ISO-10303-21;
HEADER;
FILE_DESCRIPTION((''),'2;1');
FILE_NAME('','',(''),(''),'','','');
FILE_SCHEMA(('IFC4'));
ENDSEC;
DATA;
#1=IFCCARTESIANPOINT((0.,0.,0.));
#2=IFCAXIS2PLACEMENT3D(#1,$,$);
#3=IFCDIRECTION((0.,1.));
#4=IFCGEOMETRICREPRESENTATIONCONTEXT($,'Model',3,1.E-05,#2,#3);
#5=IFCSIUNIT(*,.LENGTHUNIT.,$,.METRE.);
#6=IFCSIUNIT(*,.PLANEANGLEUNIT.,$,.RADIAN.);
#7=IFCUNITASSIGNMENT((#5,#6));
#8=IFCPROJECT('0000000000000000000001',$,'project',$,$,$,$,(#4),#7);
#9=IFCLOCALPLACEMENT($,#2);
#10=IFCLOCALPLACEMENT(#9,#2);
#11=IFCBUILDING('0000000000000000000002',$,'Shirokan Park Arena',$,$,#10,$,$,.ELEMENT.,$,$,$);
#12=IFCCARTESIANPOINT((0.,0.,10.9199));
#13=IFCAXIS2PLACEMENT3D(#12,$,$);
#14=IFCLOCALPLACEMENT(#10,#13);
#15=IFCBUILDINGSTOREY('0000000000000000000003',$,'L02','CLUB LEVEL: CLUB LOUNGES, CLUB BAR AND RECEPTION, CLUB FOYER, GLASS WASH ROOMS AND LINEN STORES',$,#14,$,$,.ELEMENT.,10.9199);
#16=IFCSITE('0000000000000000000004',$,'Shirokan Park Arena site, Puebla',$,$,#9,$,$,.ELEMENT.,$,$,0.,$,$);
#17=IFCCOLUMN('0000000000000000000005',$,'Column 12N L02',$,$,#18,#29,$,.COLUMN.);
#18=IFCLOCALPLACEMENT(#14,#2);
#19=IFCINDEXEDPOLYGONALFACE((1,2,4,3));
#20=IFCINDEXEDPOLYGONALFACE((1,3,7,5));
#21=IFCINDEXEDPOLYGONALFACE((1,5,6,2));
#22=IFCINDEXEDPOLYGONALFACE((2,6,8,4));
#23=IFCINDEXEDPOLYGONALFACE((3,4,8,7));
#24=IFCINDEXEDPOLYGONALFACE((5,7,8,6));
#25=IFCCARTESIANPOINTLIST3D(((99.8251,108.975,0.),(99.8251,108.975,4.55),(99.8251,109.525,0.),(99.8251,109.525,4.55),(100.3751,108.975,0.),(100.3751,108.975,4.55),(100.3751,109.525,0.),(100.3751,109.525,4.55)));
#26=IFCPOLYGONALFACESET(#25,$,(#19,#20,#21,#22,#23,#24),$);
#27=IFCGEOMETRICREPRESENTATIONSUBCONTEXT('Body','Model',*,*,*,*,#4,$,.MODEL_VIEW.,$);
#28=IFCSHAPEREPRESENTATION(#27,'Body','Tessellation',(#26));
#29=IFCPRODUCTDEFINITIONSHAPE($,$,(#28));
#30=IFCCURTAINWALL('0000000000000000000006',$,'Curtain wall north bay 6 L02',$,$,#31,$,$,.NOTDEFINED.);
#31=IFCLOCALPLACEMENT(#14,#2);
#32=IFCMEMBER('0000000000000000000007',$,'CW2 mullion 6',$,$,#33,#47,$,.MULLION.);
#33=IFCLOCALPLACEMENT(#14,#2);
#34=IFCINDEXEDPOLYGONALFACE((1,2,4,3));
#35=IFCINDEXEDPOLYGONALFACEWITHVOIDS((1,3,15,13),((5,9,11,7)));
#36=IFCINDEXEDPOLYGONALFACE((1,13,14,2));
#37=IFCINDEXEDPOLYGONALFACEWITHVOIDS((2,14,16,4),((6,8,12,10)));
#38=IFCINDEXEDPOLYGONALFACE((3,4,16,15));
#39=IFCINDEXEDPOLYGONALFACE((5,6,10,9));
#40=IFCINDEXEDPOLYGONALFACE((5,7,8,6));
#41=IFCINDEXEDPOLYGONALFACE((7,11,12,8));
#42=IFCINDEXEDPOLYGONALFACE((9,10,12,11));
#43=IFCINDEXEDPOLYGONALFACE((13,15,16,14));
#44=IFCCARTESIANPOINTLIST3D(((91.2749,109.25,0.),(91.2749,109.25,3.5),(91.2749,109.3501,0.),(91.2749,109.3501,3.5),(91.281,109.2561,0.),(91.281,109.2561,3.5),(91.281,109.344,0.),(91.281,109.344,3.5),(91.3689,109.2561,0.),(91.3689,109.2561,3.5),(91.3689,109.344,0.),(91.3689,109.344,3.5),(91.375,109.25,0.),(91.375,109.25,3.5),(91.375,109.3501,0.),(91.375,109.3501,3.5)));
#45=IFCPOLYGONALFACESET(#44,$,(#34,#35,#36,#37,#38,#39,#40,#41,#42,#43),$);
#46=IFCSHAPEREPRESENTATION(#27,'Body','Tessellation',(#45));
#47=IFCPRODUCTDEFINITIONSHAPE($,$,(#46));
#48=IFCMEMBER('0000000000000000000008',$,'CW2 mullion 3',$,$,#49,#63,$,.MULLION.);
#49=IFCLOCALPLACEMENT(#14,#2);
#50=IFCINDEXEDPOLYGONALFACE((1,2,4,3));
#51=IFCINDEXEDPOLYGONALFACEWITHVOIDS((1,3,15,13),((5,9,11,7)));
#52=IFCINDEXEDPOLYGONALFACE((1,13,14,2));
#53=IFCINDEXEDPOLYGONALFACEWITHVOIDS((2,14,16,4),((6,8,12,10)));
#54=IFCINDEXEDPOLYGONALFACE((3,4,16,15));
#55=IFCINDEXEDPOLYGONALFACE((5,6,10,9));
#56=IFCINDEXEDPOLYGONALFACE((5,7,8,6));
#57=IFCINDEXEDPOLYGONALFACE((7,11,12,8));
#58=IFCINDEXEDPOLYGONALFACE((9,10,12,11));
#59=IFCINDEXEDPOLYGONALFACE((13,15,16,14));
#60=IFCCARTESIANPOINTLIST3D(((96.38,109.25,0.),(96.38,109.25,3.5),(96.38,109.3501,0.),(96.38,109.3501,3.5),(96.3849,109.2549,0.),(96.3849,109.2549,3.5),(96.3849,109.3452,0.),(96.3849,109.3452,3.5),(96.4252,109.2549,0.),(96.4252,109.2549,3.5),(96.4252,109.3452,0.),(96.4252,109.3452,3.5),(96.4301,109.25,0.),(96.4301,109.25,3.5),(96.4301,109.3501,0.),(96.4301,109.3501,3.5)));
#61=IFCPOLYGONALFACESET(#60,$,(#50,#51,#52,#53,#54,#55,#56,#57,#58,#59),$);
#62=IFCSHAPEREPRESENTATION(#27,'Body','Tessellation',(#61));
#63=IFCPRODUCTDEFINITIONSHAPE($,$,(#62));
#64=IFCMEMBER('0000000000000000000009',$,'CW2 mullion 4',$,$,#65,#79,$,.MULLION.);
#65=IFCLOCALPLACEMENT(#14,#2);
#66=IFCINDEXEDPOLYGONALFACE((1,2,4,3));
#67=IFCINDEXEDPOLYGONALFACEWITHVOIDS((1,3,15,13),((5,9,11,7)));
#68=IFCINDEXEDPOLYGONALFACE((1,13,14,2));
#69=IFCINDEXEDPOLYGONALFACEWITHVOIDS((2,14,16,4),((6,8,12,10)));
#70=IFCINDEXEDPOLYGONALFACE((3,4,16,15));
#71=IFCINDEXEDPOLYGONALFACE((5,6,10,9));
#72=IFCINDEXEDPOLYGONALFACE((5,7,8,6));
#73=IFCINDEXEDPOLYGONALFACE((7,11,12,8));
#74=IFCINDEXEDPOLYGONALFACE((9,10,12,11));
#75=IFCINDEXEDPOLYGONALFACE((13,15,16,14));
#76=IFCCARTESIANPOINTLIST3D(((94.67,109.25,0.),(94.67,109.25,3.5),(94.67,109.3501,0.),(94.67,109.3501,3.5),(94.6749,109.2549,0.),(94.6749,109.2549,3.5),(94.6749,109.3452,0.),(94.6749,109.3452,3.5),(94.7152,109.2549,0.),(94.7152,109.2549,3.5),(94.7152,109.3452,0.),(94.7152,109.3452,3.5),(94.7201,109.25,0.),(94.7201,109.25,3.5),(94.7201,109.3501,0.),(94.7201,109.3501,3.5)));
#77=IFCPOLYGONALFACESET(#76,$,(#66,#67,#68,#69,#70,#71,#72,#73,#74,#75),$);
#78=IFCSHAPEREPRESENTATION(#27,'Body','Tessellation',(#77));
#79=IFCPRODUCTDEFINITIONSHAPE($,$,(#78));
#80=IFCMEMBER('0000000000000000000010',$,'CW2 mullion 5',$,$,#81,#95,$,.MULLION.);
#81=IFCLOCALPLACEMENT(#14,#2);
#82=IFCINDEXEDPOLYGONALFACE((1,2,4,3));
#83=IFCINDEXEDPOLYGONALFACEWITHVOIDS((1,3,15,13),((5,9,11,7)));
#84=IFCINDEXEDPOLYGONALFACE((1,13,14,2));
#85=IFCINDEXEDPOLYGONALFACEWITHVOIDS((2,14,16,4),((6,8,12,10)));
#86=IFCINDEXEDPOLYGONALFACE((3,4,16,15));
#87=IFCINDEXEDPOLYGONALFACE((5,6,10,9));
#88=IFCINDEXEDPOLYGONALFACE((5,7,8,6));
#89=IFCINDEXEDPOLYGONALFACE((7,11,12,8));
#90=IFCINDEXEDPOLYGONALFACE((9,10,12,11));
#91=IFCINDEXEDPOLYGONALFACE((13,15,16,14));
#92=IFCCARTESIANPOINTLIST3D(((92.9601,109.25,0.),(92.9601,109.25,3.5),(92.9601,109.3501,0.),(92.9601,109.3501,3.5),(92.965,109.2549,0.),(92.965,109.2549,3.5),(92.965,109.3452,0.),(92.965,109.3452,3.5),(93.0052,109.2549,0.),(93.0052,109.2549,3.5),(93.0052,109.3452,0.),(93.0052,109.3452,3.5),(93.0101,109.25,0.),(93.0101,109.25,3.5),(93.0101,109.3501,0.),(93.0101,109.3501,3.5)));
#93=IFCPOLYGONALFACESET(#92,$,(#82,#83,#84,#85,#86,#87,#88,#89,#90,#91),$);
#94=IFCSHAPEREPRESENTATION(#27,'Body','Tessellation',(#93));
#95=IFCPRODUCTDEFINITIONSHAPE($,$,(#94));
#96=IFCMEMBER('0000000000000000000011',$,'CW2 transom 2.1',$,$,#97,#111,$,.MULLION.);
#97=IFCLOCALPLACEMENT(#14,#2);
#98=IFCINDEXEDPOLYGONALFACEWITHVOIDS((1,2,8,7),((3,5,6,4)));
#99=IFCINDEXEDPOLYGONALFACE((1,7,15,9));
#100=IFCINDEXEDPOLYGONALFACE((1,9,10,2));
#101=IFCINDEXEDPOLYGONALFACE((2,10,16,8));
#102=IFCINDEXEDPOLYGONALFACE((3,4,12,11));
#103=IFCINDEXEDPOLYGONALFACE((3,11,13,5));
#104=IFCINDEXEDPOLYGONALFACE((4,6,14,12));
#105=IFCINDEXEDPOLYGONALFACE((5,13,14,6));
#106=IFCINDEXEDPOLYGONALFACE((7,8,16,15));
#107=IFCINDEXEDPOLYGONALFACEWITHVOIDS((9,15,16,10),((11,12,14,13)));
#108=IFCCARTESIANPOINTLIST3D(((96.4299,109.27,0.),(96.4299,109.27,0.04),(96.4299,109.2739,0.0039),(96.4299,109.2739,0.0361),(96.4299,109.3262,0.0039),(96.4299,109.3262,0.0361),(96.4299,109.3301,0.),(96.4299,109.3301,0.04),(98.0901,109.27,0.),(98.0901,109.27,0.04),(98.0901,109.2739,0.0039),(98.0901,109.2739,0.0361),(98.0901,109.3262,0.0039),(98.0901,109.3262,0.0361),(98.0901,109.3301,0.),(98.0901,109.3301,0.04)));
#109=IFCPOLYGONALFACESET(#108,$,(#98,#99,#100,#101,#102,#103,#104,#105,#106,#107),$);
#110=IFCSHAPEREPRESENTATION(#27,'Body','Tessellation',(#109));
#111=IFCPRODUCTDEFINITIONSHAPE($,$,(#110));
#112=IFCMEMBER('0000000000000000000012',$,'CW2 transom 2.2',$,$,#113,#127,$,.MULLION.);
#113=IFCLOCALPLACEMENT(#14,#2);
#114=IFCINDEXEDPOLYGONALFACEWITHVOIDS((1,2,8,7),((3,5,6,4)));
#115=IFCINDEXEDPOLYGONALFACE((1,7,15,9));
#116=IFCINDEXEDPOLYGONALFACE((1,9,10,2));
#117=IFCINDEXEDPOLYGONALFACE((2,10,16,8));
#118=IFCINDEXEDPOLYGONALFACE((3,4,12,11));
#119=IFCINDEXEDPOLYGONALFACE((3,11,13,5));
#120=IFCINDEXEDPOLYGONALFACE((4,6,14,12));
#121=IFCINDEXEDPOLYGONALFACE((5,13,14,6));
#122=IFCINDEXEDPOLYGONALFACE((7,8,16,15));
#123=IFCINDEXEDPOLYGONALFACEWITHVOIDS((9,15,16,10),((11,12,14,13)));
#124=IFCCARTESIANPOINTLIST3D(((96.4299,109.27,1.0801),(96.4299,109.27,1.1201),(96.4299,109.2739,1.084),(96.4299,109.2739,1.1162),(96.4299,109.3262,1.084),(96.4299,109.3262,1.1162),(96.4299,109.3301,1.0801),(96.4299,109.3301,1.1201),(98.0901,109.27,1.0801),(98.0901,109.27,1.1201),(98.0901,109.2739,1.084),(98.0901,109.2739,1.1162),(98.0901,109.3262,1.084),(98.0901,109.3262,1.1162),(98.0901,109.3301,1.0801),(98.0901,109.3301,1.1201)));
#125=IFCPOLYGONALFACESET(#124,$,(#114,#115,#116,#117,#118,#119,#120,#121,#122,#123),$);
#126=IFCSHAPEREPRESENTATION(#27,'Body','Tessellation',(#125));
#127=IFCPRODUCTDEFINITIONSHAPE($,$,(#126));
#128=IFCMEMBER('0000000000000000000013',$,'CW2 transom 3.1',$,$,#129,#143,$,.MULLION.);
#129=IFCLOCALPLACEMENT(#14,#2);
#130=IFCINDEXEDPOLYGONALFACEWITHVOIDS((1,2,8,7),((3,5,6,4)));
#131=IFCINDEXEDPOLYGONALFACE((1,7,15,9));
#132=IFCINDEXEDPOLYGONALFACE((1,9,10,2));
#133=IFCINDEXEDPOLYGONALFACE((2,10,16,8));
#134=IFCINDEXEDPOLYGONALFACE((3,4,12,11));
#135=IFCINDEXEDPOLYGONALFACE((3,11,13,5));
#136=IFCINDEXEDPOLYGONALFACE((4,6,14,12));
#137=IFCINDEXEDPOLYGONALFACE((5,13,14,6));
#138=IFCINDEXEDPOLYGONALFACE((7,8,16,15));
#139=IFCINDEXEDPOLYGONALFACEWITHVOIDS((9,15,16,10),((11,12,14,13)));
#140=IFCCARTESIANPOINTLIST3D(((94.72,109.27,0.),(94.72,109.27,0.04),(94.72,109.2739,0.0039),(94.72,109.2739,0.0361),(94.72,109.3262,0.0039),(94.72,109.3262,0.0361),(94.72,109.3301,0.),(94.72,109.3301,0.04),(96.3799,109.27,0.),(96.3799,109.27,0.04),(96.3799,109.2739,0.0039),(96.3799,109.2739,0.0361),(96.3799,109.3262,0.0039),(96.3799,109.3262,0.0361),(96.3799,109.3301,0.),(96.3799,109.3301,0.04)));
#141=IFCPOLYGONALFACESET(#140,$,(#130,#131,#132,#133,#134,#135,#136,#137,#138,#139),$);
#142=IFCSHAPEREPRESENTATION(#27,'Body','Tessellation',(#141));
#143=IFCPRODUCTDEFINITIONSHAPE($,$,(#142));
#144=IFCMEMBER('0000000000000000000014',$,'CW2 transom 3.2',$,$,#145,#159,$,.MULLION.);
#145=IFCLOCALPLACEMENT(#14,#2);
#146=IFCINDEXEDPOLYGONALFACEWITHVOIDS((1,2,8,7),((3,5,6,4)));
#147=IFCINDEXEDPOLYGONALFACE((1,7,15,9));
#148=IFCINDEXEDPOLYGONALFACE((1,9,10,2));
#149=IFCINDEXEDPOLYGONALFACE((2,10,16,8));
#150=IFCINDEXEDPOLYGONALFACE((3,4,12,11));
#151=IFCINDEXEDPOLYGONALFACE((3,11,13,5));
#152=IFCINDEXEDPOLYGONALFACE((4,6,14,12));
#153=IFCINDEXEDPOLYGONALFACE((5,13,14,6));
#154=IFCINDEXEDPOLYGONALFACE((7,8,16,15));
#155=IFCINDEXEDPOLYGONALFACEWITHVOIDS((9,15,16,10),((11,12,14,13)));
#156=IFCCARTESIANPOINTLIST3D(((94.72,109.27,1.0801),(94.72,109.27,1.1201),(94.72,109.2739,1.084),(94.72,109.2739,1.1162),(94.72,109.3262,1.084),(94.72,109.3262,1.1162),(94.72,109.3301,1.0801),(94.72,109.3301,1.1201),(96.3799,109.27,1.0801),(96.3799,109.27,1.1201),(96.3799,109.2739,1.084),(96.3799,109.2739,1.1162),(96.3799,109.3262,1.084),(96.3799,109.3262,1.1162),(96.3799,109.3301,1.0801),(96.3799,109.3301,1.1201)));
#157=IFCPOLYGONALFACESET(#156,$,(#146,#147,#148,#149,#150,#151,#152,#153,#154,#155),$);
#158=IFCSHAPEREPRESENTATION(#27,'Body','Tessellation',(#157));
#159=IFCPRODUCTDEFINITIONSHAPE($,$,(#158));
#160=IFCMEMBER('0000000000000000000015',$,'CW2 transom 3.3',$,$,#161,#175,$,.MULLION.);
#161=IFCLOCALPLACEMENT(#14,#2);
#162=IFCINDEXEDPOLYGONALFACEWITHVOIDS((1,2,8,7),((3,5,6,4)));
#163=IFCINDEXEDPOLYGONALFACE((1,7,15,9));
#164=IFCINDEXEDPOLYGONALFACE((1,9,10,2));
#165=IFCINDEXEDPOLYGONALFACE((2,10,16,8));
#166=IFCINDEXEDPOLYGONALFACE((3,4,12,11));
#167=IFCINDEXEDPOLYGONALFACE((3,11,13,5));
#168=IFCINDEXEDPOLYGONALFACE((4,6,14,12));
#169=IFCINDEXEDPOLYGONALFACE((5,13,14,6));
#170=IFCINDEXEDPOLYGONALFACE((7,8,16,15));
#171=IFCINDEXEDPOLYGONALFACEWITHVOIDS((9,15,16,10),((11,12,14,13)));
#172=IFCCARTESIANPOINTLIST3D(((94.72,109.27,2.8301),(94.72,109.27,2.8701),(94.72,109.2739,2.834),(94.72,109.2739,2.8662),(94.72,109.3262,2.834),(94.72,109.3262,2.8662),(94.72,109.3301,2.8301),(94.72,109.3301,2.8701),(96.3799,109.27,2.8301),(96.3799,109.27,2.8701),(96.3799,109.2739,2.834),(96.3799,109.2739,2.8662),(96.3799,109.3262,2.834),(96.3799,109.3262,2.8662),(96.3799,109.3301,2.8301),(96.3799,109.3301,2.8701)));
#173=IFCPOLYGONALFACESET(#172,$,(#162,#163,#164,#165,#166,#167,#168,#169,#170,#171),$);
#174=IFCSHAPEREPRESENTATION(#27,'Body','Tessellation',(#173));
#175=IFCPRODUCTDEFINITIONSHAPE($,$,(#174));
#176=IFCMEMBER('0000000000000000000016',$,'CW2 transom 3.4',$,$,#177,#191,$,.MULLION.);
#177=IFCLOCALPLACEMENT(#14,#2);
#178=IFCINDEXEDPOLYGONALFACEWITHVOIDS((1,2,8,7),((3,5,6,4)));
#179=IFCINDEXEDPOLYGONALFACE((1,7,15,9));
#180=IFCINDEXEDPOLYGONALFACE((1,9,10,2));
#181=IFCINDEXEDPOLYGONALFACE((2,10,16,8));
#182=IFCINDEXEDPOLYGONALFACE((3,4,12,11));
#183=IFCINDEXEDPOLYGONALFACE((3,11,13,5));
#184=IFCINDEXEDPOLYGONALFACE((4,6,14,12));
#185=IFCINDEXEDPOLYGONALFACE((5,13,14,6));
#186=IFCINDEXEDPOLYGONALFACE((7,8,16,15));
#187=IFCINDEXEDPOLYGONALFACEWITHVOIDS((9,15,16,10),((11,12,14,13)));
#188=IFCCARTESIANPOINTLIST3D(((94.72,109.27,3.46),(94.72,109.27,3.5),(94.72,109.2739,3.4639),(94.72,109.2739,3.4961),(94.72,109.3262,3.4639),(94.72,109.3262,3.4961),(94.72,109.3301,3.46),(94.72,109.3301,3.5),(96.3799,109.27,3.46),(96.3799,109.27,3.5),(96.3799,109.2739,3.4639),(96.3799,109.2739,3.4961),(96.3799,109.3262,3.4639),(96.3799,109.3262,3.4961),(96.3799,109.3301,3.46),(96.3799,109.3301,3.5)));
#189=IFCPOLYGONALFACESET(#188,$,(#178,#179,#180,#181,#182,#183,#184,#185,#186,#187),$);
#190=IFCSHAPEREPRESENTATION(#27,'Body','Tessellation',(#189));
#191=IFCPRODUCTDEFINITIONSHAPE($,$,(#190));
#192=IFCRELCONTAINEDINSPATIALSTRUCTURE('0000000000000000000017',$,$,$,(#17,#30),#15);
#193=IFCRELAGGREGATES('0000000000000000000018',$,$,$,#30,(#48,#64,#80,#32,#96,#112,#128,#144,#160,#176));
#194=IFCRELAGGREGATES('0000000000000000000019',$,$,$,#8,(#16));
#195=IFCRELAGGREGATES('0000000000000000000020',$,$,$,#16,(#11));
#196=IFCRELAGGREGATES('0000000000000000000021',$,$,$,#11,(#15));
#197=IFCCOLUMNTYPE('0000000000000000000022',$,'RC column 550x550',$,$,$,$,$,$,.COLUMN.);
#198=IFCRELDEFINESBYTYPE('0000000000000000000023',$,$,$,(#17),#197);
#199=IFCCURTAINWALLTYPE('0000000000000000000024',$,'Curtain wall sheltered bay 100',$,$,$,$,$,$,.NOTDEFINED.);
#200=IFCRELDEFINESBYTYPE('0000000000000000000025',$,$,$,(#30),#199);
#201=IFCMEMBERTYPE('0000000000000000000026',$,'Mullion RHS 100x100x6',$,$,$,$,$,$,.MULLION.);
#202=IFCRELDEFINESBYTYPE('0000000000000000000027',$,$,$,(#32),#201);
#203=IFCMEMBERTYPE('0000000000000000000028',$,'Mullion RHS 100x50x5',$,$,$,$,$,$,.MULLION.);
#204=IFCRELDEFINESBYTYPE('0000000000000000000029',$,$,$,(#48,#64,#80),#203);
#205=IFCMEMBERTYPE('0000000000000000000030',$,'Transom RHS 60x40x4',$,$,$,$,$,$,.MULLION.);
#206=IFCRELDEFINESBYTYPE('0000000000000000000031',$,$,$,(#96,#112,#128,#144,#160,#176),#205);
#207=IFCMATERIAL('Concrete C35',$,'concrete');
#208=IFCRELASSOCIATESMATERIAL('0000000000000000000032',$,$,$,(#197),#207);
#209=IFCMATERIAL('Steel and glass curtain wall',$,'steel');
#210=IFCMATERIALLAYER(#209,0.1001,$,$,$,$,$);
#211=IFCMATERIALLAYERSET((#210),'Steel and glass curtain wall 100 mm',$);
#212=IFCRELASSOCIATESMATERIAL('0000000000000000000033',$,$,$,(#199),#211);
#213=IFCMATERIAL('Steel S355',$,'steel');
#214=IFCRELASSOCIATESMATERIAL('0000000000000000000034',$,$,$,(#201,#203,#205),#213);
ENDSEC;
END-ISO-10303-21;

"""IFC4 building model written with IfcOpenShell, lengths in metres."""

from ifc_helpers import new_model, si_unit, direction, frame, origin, origin_2d, place, context, subcontext, project, spatial, rectangle, hollow_rectangle, extrude, material, layer, layer_set, material_profile, profile_set, type_object, element, aggregate, save


model = new_model("IFC4")

# Units and contexts
model_context = context("Model", 3, precision=1e-05, world=origin(), true_north=direction((0.0, 1.0)))
body_context = subcontext(model_context, "Body", "Model", "MODEL_VIEW")
ifc_project = project(units=[si_unit("LENGTHUNIT", "METRE"), si_unit("PLANEANGLEUNIT", "RADIAN")], contexts=[model_context])

# Site, building, storey
site_placement = place(None, origin())
site = spatial("IfcSite", under=ifc_project, at=site_placement, Name="Shirokan Park Arena site, Puebla", CompositionType="ELEMENT", RefElevation=0.0)
building_placement = place(site_placement, origin())
building = spatial("IfcBuilding", under=site, at=building_placement, Name="Shirokan Park Arena", CompositionType="ELEMENT")
storey_placement = place(building_placement, frame((0.0, 0.0, 10.9199)))
storey = spatial("IfcBuildingStorey", under=building, at=storey_placement, Name="L02", Description="CLUB LEVEL: CLUB LOUNGES, CLUB BAR AND RECEPTION, CLUB FOYER, GLASS WASH ROOMS AND LINEN STORES", CompositionType="ELEMENT", Elevation=10.9199)

# Column
ifc_material_1 = material(Name="Concrete C35", Category="concrete")
ifc_material_profile_1 = material_profile(ifc_material_1, rectangle(XDim=0.55, YDim=0.55, at=origin_2d()), Name="550x550")
ifc_profile_set_1 = profile_set([ifc_material_profile_1], Name="Concrete C35")
column_type = type_object("IfcColumnType", Name="RC column 550x550", PredefinedType="COLUMN", material=ifc_profile_set_1)
column_placement = place(storey_placement, frame((100.1001, 109.25, 0.0), z_axis=(0.0, 0.0, 1.0), x_axis=(1.0, 0.0, 0.0)))
element("IfcColumn", 1, at=column_placement, inside=storey, type_object=column_type, Name="Column 12N L02", PredefinedType="COLUMN", context=body_context, shape_type="SweptSolid", body=[
    extrude(rectangle(XDim=0.55, YDim=0.55, at=origin_2d()), origin(), (0.0, 0.0, 1.0), 4.55),
])

# Curtain wall, members
ifc_material_2 = material(Name="Steel and glass curtain wall", Category="steel")
ifc_layer_1 = layer(ifc_material_2, 0.1001)
ifc_layer_set_1 = layer_set([ifc_layer_1], Name="Steel and glass curtain wall 100 mm")
curtain_wall_type = type_object("IfcCurtainWallType", Name="Curtain wall sheltered bay 100", PredefinedType="NOTDEFINED", material=ifc_layer_set_1)
curtain_wall_placement = place(storey_placement, origin())
curtain_wall = element("IfcCurtainWall", 2, at=curtain_wall_placement, inside=storey, type_object=curtain_wall_type, Name="Curtain wall north bay 6 L02", PredefinedType="NOTDEFINED")
ifc_material_3 = material(Name="Steel S355", Category="steel")
ifc_material_profile_2 = material_profile(ifc_material_3, hollow_rectangle(XDim=0.1001, YDim=0.1001, WallThickness=0.0061, at=origin_2d()), Name="RHS 100x100x6")
ifc_profile_set_2 = profile_set([ifc_material_profile_2], Name="Steel S355")
member_type_1 = type_object("IfcMemberType", Name="Mullion RHS 100x100x6", PredefinedType="MULLION", material=ifc_profile_set_2)
member_1_placement = place(storey_placement, frame((91.325, 109.3, 0.0), z_axis=(0.0, 0.0, 1.0), x_axis=(0.0, -1.0, 0.0)))
member_1 = element("IfcMember", 3, at=member_1_placement, type_object=member_type_1, Name="CW2 mullion 6", PredefinedType="MULLION", context=body_context, shape_type="SweptSolid", body=[
    extrude(hollow_rectangle(XDim=0.1001, YDim=0.1001, WallThickness=0.0061, at=origin_2d()), origin(), (0.0, 0.0, 1.0), 3.5),
])
ifc_material_profile_3 = material_profile(ifc_material_3, hollow_rectangle(XDim=0.1001, YDim=0.05, WallThickness=0.0049, at=origin_2d()), Name="RHS 100x50x5")
ifc_profile_set_3 = profile_set([ifc_material_profile_3], Name="Steel S355")
member_type_2 = type_object("IfcMemberType", Name="Mullion RHS 100x50x5", PredefinedType="MULLION", material=ifc_profile_set_3)
member_2_placement = place(storey_placement, frame((96.405, 109.3, 0.0), z_axis=(0.0, 0.0, 1.0), x_axis=(0.0, -1.0, 0.0)))
member_2 = element("IfcMember", 4, at=member_2_placement, type_object=member_type_2, Name="CW2 mullion 3", PredefinedType="MULLION", context=body_context, shape_type="SweptSolid", body=[
    extrude(hollow_rectangle(XDim=0.1001, YDim=0.05, WallThickness=0.0049, at=origin_2d()), origin(), (0.0, 0.0, 1.0), 3.5),
])
member_3_placement = place(storey_placement, frame((94.6951, 109.3, 0.0), z_axis=(0.0, 0.0, 1.0), x_axis=(0.0, -1.0, 0.0)))
member_3 = element("IfcMember", 5, at=member_3_placement, type_object=member_type_2, Name="CW2 mullion 4", PredefinedType="MULLION", context=body_context, shape_type="SweptSolid", body=[
    extrude(hollow_rectangle(XDim=0.1001, YDim=0.05, WallThickness=0.0049, at=origin_2d()), origin(), (0.0, 0.0, 1.0), 3.5),
])
member_4_placement = place(storey_placement, frame((92.9851, 109.3, 0.0), z_axis=(0.0, 0.0, 1.0), x_axis=(0.0, -1.0, 0.0)))
member_4 = element("IfcMember", 6, at=member_4_placement, type_object=member_type_2, Name="CW2 mullion 5", PredefinedType="MULLION", context=body_context, shape_type="SweptSolid", body=[
    extrude(hollow_rectangle(XDim=0.1001, YDim=0.05, WallThickness=0.0049, at=origin_2d()), origin(), (0.0, 0.0, 1.0), 3.5),
])
ifc_material_profile_4 = material_profile(ifc_material_3, hollow_rectangle(XDim=0.0601, YDim=0.04, WallThickness=0.0039, at=origin_2d()), Name="RHS 60x40x4")
ifc_profile_set_4 = profile_set([ifc_material_profile_4], Name="Steel S355")
member_type_3 = type_object("IfcMemberType", Name="Transom RHS 60x40x4", PredefinedType="MULLION", material=ifc_profile_set_4)
member_5_placement = place(storey_placement, frame((98.0901, 109.3, 0.02), z_axis=(-1.0, 0.0, 0.0), x_axis=(0.0, -1.0, 0.0)))
member_5 = element("IfcMember", 7, at=member_5_placement, type_object=member_type_3, Name="CW2 transom 2.1", PredefinedType="MULLION", context=body_context, shape_type="SweptSolid", body=[
    extrude(hollow_rectangle(XDim=0.0601, YDim=0.04, WallThickness=0.0039, at=origin_2d()), origin(), (0.0, 0.0, 1.0), 1.6602),
])
member_6_placement = place(storey_placement, frame((98.0901, 109.3, 1.1001), z_axis=(-1.0, 0.0, 0.0), x_axis=(0.0, -1.0, 0.0)))
member_6 = element("IfcMember", 8, at=member_6_placement, type_object=member_type_3, Name="CW2 transom 2.2", PredefinedType="MULLION", context=body_context, shape_type="SweptSolid", body=[
    extrude(hollow_rectangle(XDim=0.0601, YDim=0.04, WallThickness=0.0039, at=origin_2d()), origin(), (0.0, 0.0, 1.0), 1.6602),
])
member_7_placement = place(storey_placement, frame((96.3799, 109.3, 0.02), z_axis=(-1.0, 0.0, 0.0), x_axis=(0.0, -1.0, 0.0)))
member_7 = element("IfcMember", 9, at=member_7_placement, type_object=member_type_3, Name="CW2 transom 3.1", PredefinedType="MULLION", context=body_context, shape_type="SweptSolid", body=[
    extrude(hollow_rectangle(XDim=0.0601, YDim=0.04, WallThickness=0.0039, at=origin_2d()), origin(), (0.0, 0.0, 1.0), 1.6599),
])
member_8_placement = place(storey_placement, frame((96.3799, 109.3, 1.1001), z_axis=(-1.0, 0.0, 0.0), x_axis=(0.0, -1.0, 0.0)))
member_8 = element("IfcMember", 10, at=member_8_placement, type_object=member_type_3, Name="CW2 transom 3.2", PredefinedType="MULLION", context=body_context, shape_type="SweptSolid", body=[
    extrude(hollow_rectangle(XDim=0.0601, YDim=0.04, WallThickness=0.0039, at=origin_2d()), origin(), (0.0, 0.0, 1.0), 1.6599),
])
member_9_placement = place(storey_placement, frame((96.3799, 109.3, 2.8501), z_axis=(-1.0, 0.0, 0.0), x_axis=(0.0, -1.0, 0.0)))
member_9 = element("IfcMember", 11, at=member_9_placement, type_object=member_type_3, Name="CW2 transom 3.3", PredefinedType="MULLION", context=body_context, shape_type="SweptSolid", body=[
    extrude(hollow_rectangle(XDim=0.0601, YDim=0.04, WallThickness=0.0039, at=origin_2d()), origin(), (0.0, 0.0, 1.0), 1.6599),
])
member_10_placement = place(storey_placement, frame((96.3799, 109.3, 3.48), z_axis=(-1.0, 0.0, 0.0), x_axis=(0.0, -1.0, 0.0)))
member_10 = element("IfcMember", 12, at=member_10_placement, type_object=member_type_3, Name="CW2 transom 3.4", PredefinedType="MULLION", context=body_context, shape_type="SweptSolid", body=[
    extrude(hollow_rectangle(XDim=0.0601, YDim=0.04, WallThickness=0.0039, at=origin_2d()), origin(), (0.0, 0.0, 1.0), 1.6599),
])
aggregate(curtain_wall, [member_2, member_3, member_4, member_1, member_5, member_6, member_7, member_8, member_9, member_10])

save(model, "model.ifc")
